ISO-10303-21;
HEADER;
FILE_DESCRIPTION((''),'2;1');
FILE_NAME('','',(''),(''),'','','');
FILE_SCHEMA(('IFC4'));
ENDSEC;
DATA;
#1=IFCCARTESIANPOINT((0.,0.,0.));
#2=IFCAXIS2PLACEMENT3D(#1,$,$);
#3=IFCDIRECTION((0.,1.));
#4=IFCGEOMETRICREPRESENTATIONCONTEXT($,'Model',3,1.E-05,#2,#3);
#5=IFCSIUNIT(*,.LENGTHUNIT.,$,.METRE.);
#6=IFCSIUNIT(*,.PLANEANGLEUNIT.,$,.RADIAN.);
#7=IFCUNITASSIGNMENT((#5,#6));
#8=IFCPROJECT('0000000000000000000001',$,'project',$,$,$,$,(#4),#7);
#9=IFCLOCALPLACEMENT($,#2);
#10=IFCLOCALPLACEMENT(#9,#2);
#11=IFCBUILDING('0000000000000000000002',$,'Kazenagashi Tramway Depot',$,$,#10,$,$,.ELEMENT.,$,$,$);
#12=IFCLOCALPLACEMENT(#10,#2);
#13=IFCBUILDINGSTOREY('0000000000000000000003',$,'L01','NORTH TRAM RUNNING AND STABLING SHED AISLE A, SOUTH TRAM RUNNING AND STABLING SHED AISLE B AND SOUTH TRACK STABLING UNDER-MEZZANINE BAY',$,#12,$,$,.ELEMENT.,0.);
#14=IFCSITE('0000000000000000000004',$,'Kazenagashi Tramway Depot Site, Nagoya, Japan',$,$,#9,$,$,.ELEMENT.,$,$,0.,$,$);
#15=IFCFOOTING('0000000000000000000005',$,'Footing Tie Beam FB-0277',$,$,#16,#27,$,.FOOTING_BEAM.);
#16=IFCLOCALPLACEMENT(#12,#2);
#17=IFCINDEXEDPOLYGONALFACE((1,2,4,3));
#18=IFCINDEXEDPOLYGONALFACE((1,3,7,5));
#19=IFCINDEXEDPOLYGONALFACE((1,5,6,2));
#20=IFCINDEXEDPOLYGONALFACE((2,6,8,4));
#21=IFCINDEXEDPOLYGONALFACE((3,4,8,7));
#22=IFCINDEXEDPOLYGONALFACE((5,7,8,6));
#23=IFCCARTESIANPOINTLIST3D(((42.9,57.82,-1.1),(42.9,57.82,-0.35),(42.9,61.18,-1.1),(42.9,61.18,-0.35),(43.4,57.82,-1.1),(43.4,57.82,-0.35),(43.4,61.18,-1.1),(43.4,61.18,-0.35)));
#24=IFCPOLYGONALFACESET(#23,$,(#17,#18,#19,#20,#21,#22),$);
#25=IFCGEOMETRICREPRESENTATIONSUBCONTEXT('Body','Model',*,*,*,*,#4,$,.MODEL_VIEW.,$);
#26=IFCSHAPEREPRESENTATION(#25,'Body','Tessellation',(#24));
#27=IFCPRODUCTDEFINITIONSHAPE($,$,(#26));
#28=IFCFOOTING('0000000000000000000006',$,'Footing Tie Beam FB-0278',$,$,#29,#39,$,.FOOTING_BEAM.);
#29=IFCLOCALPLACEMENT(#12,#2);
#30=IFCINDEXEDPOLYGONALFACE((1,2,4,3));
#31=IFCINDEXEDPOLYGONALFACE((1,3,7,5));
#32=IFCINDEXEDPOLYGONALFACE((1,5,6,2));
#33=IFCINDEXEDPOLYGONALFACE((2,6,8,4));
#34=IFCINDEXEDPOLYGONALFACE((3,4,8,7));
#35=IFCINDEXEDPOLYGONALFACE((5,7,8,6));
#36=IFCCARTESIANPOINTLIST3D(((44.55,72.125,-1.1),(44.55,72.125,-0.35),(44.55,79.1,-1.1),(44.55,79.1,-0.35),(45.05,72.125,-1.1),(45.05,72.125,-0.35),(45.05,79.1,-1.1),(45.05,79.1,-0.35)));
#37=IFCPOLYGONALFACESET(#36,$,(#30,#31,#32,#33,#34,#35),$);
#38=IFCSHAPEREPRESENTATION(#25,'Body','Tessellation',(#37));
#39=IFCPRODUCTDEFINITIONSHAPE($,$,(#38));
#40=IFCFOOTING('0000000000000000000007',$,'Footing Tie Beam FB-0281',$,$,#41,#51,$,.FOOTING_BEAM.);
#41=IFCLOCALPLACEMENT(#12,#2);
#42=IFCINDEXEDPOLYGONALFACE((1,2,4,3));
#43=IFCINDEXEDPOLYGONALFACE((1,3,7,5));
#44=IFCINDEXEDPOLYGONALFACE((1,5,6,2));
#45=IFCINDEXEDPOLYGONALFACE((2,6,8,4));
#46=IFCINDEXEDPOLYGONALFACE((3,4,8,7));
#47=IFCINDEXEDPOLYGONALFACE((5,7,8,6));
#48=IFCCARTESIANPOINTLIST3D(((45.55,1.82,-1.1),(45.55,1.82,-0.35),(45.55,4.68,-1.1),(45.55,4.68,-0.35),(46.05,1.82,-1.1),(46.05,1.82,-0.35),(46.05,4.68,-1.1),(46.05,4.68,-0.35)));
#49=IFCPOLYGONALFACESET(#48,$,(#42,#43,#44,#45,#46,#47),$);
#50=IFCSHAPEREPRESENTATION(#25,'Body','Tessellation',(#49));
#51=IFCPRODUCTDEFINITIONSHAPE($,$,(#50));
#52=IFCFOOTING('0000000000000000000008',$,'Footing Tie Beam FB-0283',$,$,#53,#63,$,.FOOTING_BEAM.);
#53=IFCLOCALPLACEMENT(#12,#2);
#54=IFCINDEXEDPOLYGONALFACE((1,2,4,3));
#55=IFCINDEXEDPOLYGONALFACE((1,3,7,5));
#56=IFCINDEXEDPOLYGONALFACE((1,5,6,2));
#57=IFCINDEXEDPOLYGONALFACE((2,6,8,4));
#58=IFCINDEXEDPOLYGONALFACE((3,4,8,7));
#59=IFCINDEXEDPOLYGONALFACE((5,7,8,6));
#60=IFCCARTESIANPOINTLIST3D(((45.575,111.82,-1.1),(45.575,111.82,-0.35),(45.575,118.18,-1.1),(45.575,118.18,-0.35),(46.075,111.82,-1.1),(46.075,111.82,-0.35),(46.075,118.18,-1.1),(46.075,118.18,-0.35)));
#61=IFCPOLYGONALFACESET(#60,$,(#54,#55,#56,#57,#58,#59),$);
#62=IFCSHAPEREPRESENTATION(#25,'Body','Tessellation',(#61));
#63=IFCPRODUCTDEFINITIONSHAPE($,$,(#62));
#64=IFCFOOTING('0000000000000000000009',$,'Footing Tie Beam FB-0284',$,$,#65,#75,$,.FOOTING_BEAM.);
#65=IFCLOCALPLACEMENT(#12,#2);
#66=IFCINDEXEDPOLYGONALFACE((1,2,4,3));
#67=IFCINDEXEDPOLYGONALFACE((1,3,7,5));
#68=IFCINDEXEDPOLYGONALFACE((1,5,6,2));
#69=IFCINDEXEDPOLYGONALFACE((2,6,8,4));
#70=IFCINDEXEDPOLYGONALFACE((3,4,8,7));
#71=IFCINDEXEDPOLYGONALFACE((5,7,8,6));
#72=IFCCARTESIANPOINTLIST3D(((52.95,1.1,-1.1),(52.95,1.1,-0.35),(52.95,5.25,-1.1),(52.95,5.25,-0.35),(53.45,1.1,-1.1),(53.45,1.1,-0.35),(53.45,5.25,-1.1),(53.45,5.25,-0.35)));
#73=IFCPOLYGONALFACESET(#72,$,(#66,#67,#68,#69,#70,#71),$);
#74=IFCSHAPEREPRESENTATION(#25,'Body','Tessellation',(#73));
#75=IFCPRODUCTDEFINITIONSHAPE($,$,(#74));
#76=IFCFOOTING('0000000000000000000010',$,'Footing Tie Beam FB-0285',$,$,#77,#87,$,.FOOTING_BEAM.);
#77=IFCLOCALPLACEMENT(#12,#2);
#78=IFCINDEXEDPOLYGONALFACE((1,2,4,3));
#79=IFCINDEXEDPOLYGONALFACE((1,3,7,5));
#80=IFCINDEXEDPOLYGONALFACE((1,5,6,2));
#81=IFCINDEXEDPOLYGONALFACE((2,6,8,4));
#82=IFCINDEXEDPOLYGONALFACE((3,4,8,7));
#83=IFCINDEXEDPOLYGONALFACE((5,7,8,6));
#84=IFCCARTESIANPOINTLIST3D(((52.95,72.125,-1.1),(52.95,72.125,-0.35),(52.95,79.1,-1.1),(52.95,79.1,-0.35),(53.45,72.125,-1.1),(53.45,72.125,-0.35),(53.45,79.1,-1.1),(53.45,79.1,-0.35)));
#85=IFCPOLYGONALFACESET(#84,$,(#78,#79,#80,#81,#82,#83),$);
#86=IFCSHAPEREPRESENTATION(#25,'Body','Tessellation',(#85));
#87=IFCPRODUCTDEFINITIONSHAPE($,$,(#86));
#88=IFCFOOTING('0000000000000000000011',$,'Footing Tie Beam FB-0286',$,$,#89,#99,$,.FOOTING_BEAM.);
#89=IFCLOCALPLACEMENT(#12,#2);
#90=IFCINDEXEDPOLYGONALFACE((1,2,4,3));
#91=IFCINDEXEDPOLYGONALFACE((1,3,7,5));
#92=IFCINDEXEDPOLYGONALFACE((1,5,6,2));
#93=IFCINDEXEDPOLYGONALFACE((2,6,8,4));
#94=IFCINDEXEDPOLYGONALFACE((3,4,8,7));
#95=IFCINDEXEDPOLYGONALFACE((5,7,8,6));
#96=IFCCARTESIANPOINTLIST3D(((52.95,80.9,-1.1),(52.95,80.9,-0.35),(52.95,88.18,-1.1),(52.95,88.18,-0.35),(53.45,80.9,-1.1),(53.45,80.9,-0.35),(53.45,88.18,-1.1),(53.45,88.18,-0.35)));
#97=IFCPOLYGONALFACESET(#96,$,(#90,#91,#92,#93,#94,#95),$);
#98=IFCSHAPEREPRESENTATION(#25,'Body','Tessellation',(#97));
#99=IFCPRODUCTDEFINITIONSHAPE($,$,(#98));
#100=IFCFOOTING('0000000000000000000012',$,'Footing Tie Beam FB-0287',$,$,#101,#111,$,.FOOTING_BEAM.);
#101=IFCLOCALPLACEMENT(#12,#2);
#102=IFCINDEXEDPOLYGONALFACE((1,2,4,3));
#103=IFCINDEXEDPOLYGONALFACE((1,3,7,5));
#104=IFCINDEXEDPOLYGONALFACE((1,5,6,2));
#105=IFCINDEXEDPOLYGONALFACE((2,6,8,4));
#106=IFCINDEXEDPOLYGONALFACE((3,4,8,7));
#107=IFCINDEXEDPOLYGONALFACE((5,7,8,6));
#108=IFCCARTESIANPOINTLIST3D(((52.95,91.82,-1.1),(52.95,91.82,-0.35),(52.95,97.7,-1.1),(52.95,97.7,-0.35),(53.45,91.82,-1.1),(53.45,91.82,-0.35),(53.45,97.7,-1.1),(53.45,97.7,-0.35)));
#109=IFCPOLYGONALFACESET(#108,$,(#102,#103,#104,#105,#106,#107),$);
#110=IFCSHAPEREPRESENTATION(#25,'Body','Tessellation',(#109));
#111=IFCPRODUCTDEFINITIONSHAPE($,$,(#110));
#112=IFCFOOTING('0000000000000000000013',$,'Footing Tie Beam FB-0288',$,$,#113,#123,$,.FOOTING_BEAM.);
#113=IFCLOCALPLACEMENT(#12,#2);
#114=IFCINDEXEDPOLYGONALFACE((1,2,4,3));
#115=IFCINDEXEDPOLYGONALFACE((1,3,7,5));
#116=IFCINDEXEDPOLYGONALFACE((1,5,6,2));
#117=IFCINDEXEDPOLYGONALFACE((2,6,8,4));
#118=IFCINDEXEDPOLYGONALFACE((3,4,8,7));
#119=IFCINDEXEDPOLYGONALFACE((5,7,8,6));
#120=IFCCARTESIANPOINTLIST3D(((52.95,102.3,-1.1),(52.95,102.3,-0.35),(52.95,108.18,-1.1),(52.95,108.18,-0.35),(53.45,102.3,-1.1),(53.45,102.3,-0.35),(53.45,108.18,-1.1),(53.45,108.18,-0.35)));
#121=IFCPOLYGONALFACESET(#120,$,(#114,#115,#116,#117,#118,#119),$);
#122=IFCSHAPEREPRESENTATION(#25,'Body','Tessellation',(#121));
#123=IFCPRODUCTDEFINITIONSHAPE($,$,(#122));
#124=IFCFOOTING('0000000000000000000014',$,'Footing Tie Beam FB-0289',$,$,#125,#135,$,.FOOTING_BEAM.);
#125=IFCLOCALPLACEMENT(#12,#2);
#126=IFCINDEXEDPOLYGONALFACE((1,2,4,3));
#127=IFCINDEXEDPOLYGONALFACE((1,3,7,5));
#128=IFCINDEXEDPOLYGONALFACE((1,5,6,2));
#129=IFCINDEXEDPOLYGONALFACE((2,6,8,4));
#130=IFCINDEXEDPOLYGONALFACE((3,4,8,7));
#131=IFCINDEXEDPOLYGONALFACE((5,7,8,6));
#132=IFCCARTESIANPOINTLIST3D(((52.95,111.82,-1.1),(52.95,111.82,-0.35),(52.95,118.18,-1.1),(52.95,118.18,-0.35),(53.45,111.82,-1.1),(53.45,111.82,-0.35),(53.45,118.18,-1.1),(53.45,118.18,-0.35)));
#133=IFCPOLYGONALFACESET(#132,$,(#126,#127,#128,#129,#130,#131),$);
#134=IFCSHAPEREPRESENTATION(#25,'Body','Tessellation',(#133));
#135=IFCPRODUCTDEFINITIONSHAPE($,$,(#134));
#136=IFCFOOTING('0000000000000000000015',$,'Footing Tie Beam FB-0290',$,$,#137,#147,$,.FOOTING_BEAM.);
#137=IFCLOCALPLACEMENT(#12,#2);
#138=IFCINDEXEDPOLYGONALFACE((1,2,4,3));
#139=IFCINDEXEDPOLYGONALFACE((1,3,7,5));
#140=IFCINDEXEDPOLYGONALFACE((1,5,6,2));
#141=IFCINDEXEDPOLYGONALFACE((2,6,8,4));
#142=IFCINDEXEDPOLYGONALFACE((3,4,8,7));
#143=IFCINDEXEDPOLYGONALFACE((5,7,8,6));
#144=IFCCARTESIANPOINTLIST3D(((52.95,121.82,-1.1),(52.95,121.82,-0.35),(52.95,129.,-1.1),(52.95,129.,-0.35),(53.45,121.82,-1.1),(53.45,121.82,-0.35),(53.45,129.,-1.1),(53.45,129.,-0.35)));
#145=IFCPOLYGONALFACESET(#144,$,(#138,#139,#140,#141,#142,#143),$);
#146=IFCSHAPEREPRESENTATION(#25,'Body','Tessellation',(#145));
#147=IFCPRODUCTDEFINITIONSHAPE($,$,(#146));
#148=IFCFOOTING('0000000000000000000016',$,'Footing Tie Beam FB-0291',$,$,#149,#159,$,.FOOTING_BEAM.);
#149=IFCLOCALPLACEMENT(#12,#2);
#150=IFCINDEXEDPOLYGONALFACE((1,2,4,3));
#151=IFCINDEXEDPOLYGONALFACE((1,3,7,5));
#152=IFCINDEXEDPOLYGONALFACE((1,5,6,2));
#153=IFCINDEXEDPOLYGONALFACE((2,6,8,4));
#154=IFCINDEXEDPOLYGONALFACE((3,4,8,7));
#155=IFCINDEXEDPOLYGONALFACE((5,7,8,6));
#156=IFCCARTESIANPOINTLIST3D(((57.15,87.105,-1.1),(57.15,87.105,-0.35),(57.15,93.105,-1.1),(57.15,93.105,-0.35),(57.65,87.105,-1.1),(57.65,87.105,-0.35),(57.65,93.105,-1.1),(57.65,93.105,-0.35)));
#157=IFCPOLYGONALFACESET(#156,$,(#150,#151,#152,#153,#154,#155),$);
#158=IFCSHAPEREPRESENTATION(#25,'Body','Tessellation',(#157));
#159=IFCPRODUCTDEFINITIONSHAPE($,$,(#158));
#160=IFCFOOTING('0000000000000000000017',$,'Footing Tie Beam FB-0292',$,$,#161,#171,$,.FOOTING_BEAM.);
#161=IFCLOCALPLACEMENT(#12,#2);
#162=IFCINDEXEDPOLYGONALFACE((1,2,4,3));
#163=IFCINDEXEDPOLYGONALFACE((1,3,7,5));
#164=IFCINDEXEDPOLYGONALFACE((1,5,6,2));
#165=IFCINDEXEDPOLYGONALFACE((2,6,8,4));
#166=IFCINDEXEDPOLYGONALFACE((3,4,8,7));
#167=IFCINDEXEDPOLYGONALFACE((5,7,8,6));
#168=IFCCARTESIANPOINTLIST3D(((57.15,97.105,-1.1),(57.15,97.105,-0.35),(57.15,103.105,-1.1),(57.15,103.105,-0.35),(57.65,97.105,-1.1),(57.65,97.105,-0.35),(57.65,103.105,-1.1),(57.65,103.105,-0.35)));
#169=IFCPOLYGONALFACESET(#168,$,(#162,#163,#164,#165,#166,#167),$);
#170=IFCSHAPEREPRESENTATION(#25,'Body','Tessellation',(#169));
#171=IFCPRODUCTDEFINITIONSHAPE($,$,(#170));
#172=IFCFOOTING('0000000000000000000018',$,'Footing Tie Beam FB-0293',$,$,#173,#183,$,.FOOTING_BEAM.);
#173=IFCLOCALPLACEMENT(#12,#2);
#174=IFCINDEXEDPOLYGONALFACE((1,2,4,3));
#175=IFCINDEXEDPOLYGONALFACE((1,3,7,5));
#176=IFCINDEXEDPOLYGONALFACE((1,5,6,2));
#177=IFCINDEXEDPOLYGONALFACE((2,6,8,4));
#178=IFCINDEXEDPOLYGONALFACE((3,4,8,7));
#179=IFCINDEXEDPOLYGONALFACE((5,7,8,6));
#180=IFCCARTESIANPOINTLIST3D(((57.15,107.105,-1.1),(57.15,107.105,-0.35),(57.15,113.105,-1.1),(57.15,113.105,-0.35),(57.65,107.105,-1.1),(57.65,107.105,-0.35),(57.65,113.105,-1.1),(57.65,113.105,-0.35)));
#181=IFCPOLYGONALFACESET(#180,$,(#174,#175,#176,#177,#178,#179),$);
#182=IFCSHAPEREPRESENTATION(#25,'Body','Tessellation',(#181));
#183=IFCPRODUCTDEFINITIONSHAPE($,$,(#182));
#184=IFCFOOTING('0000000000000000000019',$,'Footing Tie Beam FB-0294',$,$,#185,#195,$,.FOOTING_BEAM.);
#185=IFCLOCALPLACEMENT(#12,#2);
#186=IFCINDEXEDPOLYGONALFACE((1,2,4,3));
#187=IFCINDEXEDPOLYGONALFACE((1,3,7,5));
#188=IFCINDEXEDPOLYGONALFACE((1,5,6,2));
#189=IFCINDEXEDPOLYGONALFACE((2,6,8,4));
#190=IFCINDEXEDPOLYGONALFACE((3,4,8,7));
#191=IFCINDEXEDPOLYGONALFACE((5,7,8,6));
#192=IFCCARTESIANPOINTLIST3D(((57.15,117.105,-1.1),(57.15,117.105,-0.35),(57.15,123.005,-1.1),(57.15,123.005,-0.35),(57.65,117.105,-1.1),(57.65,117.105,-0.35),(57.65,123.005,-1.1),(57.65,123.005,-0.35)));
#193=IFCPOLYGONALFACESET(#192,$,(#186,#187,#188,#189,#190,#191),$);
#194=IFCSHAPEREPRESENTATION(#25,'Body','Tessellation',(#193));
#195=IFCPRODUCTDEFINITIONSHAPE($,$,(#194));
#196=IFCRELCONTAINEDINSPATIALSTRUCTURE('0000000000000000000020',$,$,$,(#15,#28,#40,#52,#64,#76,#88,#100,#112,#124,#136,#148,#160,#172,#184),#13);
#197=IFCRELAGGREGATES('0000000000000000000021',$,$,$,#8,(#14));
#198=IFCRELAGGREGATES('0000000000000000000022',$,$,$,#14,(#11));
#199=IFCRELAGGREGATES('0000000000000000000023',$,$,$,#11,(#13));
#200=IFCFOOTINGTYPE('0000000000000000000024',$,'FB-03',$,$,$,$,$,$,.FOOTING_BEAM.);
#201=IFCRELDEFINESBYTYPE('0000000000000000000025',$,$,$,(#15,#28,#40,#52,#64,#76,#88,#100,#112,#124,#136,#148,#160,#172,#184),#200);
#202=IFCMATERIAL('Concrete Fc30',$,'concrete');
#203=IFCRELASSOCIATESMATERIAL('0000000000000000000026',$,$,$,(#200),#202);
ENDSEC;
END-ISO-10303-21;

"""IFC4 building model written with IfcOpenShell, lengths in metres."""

from ifc_helpers import new_model, si_unit, direction, frame, origin, place, context, subcontext, project, spatial, polyline, outline, extrude, material, type_object, element, save


model = new_model("IFC4")

# Units and contexts
model_context = context("Model", 3, precision=1e-05, world=origin(), true_north=direction((0.0, 1.0)))
body_context = subcontext(model_context, "Body", "Model", "MODEL_VIEW")
ifc_project = project(units=[si_unit("LENGTHUNIT", "METRE"), si_unit("PLANEANGLEUNIT", "RADIAN")], contexts=[model_context])

# Site, building, storey
site_placement = place(None, origin())
site = spatial("IfcSite", under=ifc_project, at=site_placement, Name="Kazenagashi Tramway Depot Site, Nagoya, Japan", CompositionType="ELEMENT", RefElevation=0.0)
building_placement = place(site_placement, origin())
building = spatial("IfcBuilding", under=site, at=building_placement, Name="Kazenagashi Tramway Depot", CompositionType="ELEMENT")
storey_placement = place(building_placement, origin())
storey = spatial("IfcBuildingStorey", under=building, at=storey_placement, Name="L01", Description="NORTH TRAM RUNNING AND STABLING SHED AISLE A, SOUTH TRAM RUNNING AND STABLING SHED AISLE B AND SOUTH TRACK STABLING UNDER-MEZZANINE BAY", CompositionType="ELEMENT", Elevation=0.0)

# Footings
ifc_material = material(Name="Concrete Fc30", Category="concrete")
footing_type = type_object("IfcFootingType", Name="FB-03", PredefinedType="FOOTING_BEAM", material=ifc_material)
footing_1_placement = place(storey_placement, frame((0.0, 0.0, -1.1)))
element("IfcFooting", 1, at=footing_1_placement, inside=storey, type_object=footing_type, Name="Footing Tie Beam FB-0277", PredefinedType="FOOTING_BEAM", context=body_context, shape_type="SweptSolid", body=[
    extrude(outline(polyline([(42.9, 57.82), (43.4, 57.82), (43.4, 61.18), (42.9, 61.18), (42.9, 57.82)])), origin(), (0.0, 0.0, 1.0), 0.75),
])
footing_2_placement = place(storey_placement, frame((0.0, 0.0, -1.1)))
element("IfcFooting", 2, at=footing_2_placement, inside=storey, type_object=footing_type, Name="Footing Tie Beam FB-0278", PredefinedType="FOOTING_BEAM", context=body_context, shape_type="SweptSolid", body=[
    extrude(outline(polyline([(44.55, 72.125), (45.05, 72.125), (45.05, 79.1), (44.55, 79.1), (44.55, 72.125)])), origin(), (0.0, 0.0, 1.0), 0.75),
])
footing_3_placement = place(storey_placement, frame((0.0, 0.0, -1.1)))
element("IfcFooting", 3, at=footing_3_placement, inside=storey, type_object=footing_type, Name="Footing Tie Beam FB-0281", PredefinedType="FOOTING_BEAM", context=body_context, shape_type="SweptSolid", body=[
    extrude(outline(polyline([(45.55, 1.82), (46.05, 1.82), (46.05, 4.68), (45.55, 4.68), (45.55, 1.82)])), origin(), (0.0, 0.0, 1.0), 0.75),
])
footing_4_placement = place(storey_placement, frame((0.0, 0.0, -1.1)))
element("IfcFooting", 4, at=footing_4_placement, inside=storey, type_object=footing_type, Name="Footing Tie Beam FB-0283", PredefinedType="FOOTING_BEAM", context=body_context, shape_type="SweptSolid", body=[
    extrude(outline(polyline([(45.575, 111.82), (46.075, 111.82), (46.075, 118.18), (45.575, 118.18), (45.575, 111.82)])), origin(), (0.0, 0.0, 1.0), 0.75),
])
footing_5_placement = place(storey_placement, frame((0.0, 0.0, -1.1)))
element("IfcFooting", 5, at=footing_5_placement, inside=storey, type_object=footing_type, Name="Footing Tie Beam FB-0284", PredefinedType="FOOTING_BEAM", context=body_context, shape_type="SweptSolid", body=[
    extrude(outline(polyline([(52.95, 1.1), (53.45, 1.1), (53.45, 5.25), (52.95, 5.25), (52.95, 1.1)])), origin(), (0.0, 0.0, 1.0), 0.75),
])
footing_6_placement = place(storey_placement, frame((0.0, 0.0, -1.1)))
element("IfcFooting", 6, at=footing_6_placement, inside=storey, type_object=footing_type, Name="Footing Tie Beam FB-0285", PredefinedType="FOOTING_BEAM", context=body_context, shape_type="SweptSolid", body=[
    extrude(outline(polyline([(52.95, 72.125), (53.45, 72.125), (53.45, 79.1), (52.95, 79.1), (52.95, 72.125)])), origin(), (0.0, 0.0, 1.0), 0.75),
])
footing_7_placement = place(storey_placement, frame((0.0, 0.0, -1.1)))
element("IfcFooting", 7, at=footing_7_placement, inside=storey, type_object=footing_type, Name="Footing Tie Beam FB-0286", PredefinedType="FOOTING_BEAM", context=body_context, shape_type="SweptSolid", body=[
    extrude(outline(polyline([(52.95, 80.9), (53.45, 80.9), (53.45, 88.18), (52.95, 88.18), (52.95, 80.9)])), origin(), (0.0, 0.0, 1.0), 0.75),
])
footing_8_placement = place(storey_placement, frame((0.0, 0.0, -1.1)))
element("IfcFooting", 8, at=footing_8_placement, inside=storey, type_object=footing_type, Name="Footing Tie Beam FB-0287", PredefinedType="FOOTING_BEAM", context=body_context, shape_type="SweptSolid", body=[
    extrude(outline(polyline([(52.95, 91.82), (53.45, 91.82), (53.45, 97.7), (52.95, 97.7), (52.95, 91.82)])), origin(), (0.0, 0.0, 1.0), 0.75),
])
footing_9_placement = place(storey_placement, frame((0.0, 0.0, -1.1)))
element("IfcFooting", 9, at=footing_9_placement, inside=storey, type_object=footing_type, Name="Footing Tie Beam FB-0288", PredefinedType="FOOTING_BEAM", context=body_context, shape_type="SweptSolid", body=[
    extrude(outline(polyline([(52.95, 102.3), (53.45, 102.3), (53.45, 108.18), (52.95, 108.18), (52.95, 102.3)])), origin(), (0.0, 0.0, 1.0), 0.75),
])
footing_10_placement = place(storey_placement, frame((0.0, 0.0, -1.1)))
element("IfcFooting", 10, at=footing_10_placement, inside=storey, type_object=footing_type, Name="Footing Tie Beam FB-0289", PredefinedType="FOOTING_BEAM", context=body_context, shape_type="SweptSolid", body=[
    extrude(outline(polyline([(52.95, 111.82), (53.45, 111.82), (53.45, 118.18), (52.95, 118.18), (52.95, 111.82)])), origin(), (0.0, 0.0, 1.0), 0.75),
])
footing_11_placement = place(storey_placement, frame((0.0, 0.0, -1.1)))
element("IfcFooting", 11, at=footing_11_placement, inside=storey, type_object=footing_type, Name="Footing Tie Beam FB-0290", PredefinedType="FOOTING_BEAM", context=body_context, shape_type="SweptSolid", body=[
    extrude(outline(polyline([(52.95, 121.82), (53.45, 121.82), (53.45, 129.0), (52.95, 129.0), (52.95, 121.82)])), origin(), (0.0, 0.0, 1.0), 0.75),
])
footing_12_placement = place(storey_placement, frame((0.0, 0.0, -1.1)))
element("IfcFooting", 12, at=footing_12_placement, inside=storey, type_object=footing_type, Name="Footing Tie Beam FB-0291", PredefinedType="FOOTING_BEAM", context=body_context, shape_type="SweptSolid", body=[
    extrude(outline(polyline([(57.15, 87.105), (57.65, 87.105), (57.65, 93.105), (57.15, 93.105), (57.15, 87.105)])), origin(), (0.0, 0.0, 1.0), 0.75),
])
footing_13_placement = place(storey_placement, frame((0.0, 0.0, -1.1)))
element("IfcFooting", 13, at=footing_13_placement, inside=storey, type_object=footing_type, Name="Footing Tie Beam FB-0292", PredefinedType="FOOTING_BEAM", context=body_context, shape_type="SweptSolid", body=[
    extrude(outline(polyline([(57.15, 97.105), (57.65, 97.105), (57.65, 103.105), (57.15, 103.105), (57.15, 97.105)])), origin(), (0.0, 0.0, 1.0), 0.75),
])
footing_14_placement = place(storey_placement, frame((0.0, 0.0, -1.1)))
element("IfcFooting", 14, at=footing_14_placement, inside=storey, type_object=footing_type, Name="Footing Tie Beam FB-0293", PredefinedType="FOOTING_BEAM", context=body_context, shape_type="SweptSolid", body=[
    extrude(outline(polyline([(57.15, 107.105), (57.65, 107.105), (57.65, 113.105), (57.15, 113.105), (57.15, 107.105)])), origin(), (0.0, 0.0, 1.0), 0.75),
])
footing_15_placement = place(storey_placement, frame((0.0, 0.0, -1.1)))
element("IfcFooting", 15, at=footing_15_placement, inside=storey, type_object=footing_type, Name="Footing Tie Beam FB-0294", PredefinedType="FOOTING_BEAM", context=body_context, shape_type="SweptSolid", body=[
    extrude(outline(polyline([(57.15, 117.105), (57.65, 117.105), (57.65, 123.005), (57.15, 123.005), (57.15, 117.105)])), origin(), (0.0, 0.0, 1.0), 0.75),
])

save(model, "model.ifc")
